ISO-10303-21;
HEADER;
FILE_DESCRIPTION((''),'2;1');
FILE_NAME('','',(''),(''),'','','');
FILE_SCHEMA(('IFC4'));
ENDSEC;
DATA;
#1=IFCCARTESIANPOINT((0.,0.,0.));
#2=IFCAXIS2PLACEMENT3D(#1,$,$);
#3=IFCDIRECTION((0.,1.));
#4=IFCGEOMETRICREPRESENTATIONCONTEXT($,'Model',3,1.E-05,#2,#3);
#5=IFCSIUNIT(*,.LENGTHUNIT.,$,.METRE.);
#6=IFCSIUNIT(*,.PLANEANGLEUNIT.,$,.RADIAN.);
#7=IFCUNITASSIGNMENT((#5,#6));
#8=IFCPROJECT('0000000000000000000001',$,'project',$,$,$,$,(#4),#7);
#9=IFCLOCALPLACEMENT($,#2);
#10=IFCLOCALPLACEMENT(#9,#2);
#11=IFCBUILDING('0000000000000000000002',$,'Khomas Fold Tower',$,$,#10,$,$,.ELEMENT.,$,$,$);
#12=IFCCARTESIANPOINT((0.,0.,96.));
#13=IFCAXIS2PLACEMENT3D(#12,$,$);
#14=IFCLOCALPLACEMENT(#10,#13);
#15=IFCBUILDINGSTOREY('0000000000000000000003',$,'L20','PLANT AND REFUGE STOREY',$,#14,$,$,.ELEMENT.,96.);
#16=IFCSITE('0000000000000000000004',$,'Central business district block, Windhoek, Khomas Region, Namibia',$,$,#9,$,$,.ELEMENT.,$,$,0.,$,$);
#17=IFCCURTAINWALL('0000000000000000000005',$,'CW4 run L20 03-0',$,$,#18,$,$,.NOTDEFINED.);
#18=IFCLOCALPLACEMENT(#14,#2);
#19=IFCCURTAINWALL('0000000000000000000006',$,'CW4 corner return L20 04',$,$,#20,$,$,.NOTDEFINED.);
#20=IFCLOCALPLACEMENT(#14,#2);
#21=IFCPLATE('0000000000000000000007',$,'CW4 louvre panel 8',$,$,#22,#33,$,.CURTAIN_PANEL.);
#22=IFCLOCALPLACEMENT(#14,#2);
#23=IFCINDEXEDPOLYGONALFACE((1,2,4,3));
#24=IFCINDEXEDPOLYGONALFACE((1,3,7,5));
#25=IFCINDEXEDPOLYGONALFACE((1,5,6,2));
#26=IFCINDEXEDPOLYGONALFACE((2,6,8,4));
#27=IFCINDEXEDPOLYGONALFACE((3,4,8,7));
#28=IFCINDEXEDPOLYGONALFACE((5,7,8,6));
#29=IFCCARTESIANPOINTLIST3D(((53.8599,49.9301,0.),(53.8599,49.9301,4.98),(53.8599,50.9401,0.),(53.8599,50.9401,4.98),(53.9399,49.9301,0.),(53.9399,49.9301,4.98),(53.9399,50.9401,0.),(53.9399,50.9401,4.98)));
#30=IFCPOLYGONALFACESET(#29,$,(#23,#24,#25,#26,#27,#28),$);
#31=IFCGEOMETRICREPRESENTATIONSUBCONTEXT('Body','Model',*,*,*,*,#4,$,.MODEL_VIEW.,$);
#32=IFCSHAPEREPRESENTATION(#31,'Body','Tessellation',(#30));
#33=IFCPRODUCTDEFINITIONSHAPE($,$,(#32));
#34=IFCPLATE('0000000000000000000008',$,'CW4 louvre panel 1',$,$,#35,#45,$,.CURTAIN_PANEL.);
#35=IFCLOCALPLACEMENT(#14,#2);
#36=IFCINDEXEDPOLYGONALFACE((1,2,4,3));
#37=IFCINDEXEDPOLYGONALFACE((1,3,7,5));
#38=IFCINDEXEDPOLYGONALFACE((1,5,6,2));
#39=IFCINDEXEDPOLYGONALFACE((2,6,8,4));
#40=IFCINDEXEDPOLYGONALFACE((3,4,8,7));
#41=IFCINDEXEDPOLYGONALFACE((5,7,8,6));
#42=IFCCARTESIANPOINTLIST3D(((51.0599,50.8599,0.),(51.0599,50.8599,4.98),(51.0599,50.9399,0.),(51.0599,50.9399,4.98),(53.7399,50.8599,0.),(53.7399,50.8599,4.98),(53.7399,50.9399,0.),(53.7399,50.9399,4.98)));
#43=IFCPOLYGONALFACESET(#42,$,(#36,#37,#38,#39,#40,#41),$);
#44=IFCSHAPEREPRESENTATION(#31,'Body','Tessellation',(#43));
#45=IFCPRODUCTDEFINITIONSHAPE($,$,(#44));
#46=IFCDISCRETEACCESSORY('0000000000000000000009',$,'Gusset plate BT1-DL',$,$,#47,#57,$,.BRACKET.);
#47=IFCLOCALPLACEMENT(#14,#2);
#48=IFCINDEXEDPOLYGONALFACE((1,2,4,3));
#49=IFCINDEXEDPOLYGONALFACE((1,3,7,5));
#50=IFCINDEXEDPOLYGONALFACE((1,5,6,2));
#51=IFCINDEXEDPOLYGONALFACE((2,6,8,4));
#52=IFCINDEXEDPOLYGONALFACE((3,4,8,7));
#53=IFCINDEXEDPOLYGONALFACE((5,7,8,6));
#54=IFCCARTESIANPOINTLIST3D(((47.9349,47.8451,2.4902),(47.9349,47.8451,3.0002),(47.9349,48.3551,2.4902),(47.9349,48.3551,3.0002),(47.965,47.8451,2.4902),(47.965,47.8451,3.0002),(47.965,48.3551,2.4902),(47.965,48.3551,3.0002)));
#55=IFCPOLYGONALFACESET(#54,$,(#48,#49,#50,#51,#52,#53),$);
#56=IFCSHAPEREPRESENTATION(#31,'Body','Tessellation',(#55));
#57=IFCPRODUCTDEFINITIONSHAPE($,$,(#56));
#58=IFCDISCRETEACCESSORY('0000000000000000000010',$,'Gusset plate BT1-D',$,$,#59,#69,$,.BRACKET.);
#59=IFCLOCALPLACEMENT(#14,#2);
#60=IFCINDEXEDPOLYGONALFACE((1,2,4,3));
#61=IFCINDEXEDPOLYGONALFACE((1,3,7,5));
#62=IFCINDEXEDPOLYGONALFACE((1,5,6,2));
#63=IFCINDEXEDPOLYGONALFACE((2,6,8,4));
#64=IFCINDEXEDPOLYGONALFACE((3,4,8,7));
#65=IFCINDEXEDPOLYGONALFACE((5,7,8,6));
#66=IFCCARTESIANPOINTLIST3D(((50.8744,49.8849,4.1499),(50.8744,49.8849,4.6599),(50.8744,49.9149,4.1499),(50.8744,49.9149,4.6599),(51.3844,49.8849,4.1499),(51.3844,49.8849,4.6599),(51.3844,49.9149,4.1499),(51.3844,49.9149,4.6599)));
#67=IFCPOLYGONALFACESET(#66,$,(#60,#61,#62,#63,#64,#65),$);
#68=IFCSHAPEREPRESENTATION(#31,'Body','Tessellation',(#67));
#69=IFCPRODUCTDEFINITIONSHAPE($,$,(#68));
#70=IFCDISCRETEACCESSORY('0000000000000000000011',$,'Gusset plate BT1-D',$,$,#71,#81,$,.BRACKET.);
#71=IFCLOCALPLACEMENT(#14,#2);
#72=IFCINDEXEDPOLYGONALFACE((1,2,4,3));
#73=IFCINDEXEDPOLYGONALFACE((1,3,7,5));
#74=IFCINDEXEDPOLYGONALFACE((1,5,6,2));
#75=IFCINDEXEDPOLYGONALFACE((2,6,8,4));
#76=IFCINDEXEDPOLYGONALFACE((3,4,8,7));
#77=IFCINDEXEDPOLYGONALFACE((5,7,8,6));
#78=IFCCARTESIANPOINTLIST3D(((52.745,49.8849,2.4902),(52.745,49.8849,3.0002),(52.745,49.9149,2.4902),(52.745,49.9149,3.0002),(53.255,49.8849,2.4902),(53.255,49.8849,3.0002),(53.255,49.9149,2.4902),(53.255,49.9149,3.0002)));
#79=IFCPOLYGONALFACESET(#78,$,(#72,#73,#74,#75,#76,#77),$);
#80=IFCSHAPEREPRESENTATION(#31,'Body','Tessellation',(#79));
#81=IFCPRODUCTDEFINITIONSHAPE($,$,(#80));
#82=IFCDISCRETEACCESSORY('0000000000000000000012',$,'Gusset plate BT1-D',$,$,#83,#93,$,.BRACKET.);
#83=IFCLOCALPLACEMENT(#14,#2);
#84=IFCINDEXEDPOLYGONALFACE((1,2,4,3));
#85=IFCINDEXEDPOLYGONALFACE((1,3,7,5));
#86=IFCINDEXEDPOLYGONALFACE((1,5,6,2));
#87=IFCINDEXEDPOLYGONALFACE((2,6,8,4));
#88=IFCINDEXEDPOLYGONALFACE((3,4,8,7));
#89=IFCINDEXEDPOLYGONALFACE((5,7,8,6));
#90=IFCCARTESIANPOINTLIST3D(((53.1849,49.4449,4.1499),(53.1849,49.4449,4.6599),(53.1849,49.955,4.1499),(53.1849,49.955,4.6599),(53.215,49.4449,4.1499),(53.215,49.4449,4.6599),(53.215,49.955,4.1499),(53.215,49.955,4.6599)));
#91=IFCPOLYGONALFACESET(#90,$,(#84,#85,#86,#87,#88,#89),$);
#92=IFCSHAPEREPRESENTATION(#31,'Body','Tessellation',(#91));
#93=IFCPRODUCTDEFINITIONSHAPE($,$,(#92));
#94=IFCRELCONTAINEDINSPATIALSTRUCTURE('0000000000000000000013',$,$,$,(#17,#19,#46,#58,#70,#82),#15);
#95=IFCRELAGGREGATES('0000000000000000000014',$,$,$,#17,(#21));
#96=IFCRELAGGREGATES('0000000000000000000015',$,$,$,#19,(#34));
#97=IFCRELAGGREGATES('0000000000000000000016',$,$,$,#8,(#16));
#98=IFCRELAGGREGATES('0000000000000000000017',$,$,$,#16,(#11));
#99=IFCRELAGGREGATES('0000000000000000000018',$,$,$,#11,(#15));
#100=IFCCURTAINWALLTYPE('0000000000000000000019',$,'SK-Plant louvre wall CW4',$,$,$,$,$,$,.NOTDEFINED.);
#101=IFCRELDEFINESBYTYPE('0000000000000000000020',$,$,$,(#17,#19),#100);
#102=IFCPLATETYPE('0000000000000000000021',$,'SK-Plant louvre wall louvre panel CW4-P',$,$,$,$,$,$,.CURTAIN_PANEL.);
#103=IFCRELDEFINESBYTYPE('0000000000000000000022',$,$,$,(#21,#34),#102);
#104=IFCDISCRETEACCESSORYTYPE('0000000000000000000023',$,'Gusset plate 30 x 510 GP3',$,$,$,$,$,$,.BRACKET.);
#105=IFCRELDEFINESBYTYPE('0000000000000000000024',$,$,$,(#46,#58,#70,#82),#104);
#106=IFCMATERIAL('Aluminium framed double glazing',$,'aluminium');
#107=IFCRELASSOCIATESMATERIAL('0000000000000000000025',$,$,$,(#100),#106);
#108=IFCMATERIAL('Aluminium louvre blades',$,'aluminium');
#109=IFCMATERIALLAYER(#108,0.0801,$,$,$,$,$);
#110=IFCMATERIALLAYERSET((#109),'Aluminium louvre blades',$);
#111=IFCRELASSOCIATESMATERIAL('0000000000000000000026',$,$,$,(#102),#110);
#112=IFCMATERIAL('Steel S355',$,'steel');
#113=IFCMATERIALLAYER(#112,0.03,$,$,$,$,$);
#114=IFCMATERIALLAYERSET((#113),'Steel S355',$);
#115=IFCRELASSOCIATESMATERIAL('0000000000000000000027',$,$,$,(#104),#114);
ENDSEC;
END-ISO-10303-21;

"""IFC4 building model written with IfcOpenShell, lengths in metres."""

from ifc_helpers import new_model, si_unit, direction, frame, origin, origin_2d, place, context, subcontext, project, spatial, rectangle, extrude, source, transform, mapped, material, layer, layer_set, type_object, element, aggregate, save


model = new_model("IFC4")

# Units and contexts
model_context = context("Model", 3, precision=1e-05, world=origin(), true_north=direction((0.0, 1.0)))
body_context = subcontext(model_context, "Body", "Model", "MODEL_VIEW")
ifc_project = project(units=[si_unit("LENGTHUNIT", "METRE"), si_unit("PLANEANGLEUNIT", "RADIAN")], contexts=[model_context])

# Site, building, storey
site_placement = place(None, origin())
site = spatial("IfcSite", under=ifc_project, at=site_placement, Name="Central business district block, Windhoek, Khomas Region, Namibia", CompositionType="ELEMENT", RefElevation=0.0)
building_placement = place(site_placement, origin())
building = spatial("IfcBuilding", under=site, at=building_placement, Name="Khomas Fold Tower", CompositionType="ELEMENT")
storey_placement = place(building_placement, frame((0.0, 0.0, 96.0)))
storey = spatial("IfcBuildingStorey", under=building, at=storey_placement, Name="L20", Description="PLANT AND REFUGE STOREY", CompositionType="ELEMENT", Elevation=96.0)

# Curtain walls
ifc_material_1 = material(Name="Aluminium framed double glazing", Category="aluminium")
curtain_wall_type = type_object("IfcCurtainWallType", Name="SK-Plant louvre wall CW4", PredefinedType="NOTDEFINED", material=ifc_material_1)
curtain_wall_1_placement = place(storey_placement, origin())
curtain_wall_1 = element("IfcCurtainWall", 1, at=curtain_wall_1_placement, inside=storey, type_object=curtain_wall_type, Name="CW4 run L20 03-0", PredefinedType="NOTDEFINED")
curtain_wall_2_placement = place(storey_placement, origin())
curtain_wall_2 = element("IfcCurtainWall", 2, at=curtain_wall_2_placement, inside=storey, type_object=curtain_wall_type, Name="CW4 corner return L20 04", PredefinedType="NOTDEFINED")

# Plates
ifc_material_2 = material(Name="Aluminium louvre blades", Category="aluminium")
ifc_layer_1 = layer(ifc_material_2, 0.0801)
ifc_layer_set_1 = layer_set([ifc_layer_1], Name="Aluminium louvre blades")
plate_type = type_object("IfcPlateType", Name="SK-Plant louvre wall louvre panel CW4-P", PredefinedType="CURTAIN_PANEL", material=ifc_layer_set_1)
shared_shape_1 = source(origin(), body_context, "Body", "SweptSolid", [
    extrude(rectangle(XDim=1.01, YDim=0.0801, at=origin_2d()), origin(), (0.0, 0.0, 1.0), 4.98),
])
plate_1_placement = place(storey_placement, frame((53.8999, 50.4351, 0.0), z_axis=(0.0, 0.0, 1.0), x_axis=(0.0, 1.0, 0.0)))
plate_1 = element("IfcPlate", 3, at=plate_1_placement, type_object=plate_type, Name="CW4 louvre panel 8", PredefinedType="CURTAIN_PANEL", context=body_context, shape_type="MappedRepresentation", body=[
    mapped(shared_shape_1, transform((0.0, 0.0, 0.0))),
])
aggregate(curtain_wall_1, [plate_1])
shared_shape_2 = source(origin(), body_context, "Body", "SweptSolid", [
    extrude(rectangle(XDim=2.6799, YDim=0.0801, at=origin_2d()), origin(), (0.0, 0.0, 1.0), 4.98),
])
plate_2_placement = place(storey_placement, frame((52.3999, 50.8999, 0.0), z_axis=(0.0, 0.0, 1.0), x_axis=(-1.0, 0.0, 0.0)))
plate_2 = element("IfcPlate", 4, at=plate_2_placement, type_object=plate_type, Name="CW4 louvre panel 1", PredefinedType="CURTAIN_PANEL", context=body_context, shape_type="MappedRepresentation", body=[
    mapped(shared_shape_2, transform((0.0, 0.0, 0.0))),
])
aggregate(curtain_wall_2, [plate_2])

# Discrete accessories
ifc_material_3 = material(Name="Steel S355", Category="steel")
ifc_layer_2 = layer(ifc_material_3, 0.03)
ifc_layer_set_2 = layer_set([ifc_layer_2], Name="Steel S355")
discrete_accessory_type = type_object("IfcDiscreteAccessoryType", Name="Gusset plate 30 x 510 GP3", PredefinedType="BRACKET", material=ifc_layer_set_2)
shared_shape_3 = source(origin(), body_context, "Body", "SweptSolid", [
    extrude(rectangle(XDim=0.51, YDim=0.03, at=origin_2d()), origin(), (0.0, 0.0, 1.0), 0.51),
])
for number, where, z_axis, x_axis, name in (
    (5, (47.95, 48.1001, 2.4902), (0.0, 0.0, 1.0), (0.0, 1.0, 0.0), "Gusset plate BT1-DL"),
    (6, (51.1294, 49.8999, 4.1499), (0.0, 0.0, 1.0), (1.0, 0.0, 0.0), "Gusset plate BT1-D"),
    (7, (53.0, 49.8999, 2.4902), (0.0, 0.0, 1.0), (1.0, 0.0, 0.0), "Gusset plate BT1-D"),
    (8, (53.2, 49.7, 4.1499), (0.0, 0.0, 1.0), (0.0, 1.0, 0.0), "Gusset plate BT1-D"),
):
    element("IfcDiscreteAccessory", number, at=place(storey_placement, frame(where, z_axis=z_axis, x_axis=x_axis)), inside=storey, type_object=discrete_accessory_type, Name=name, PredefinedType="BRACKET", context=body_context, shape_type="MappedRepresentation", body=[
        mapped(shared_shape_3, transform((0.0, 0.0, 0.0))),
    ])

save(model, "model.ifc")
